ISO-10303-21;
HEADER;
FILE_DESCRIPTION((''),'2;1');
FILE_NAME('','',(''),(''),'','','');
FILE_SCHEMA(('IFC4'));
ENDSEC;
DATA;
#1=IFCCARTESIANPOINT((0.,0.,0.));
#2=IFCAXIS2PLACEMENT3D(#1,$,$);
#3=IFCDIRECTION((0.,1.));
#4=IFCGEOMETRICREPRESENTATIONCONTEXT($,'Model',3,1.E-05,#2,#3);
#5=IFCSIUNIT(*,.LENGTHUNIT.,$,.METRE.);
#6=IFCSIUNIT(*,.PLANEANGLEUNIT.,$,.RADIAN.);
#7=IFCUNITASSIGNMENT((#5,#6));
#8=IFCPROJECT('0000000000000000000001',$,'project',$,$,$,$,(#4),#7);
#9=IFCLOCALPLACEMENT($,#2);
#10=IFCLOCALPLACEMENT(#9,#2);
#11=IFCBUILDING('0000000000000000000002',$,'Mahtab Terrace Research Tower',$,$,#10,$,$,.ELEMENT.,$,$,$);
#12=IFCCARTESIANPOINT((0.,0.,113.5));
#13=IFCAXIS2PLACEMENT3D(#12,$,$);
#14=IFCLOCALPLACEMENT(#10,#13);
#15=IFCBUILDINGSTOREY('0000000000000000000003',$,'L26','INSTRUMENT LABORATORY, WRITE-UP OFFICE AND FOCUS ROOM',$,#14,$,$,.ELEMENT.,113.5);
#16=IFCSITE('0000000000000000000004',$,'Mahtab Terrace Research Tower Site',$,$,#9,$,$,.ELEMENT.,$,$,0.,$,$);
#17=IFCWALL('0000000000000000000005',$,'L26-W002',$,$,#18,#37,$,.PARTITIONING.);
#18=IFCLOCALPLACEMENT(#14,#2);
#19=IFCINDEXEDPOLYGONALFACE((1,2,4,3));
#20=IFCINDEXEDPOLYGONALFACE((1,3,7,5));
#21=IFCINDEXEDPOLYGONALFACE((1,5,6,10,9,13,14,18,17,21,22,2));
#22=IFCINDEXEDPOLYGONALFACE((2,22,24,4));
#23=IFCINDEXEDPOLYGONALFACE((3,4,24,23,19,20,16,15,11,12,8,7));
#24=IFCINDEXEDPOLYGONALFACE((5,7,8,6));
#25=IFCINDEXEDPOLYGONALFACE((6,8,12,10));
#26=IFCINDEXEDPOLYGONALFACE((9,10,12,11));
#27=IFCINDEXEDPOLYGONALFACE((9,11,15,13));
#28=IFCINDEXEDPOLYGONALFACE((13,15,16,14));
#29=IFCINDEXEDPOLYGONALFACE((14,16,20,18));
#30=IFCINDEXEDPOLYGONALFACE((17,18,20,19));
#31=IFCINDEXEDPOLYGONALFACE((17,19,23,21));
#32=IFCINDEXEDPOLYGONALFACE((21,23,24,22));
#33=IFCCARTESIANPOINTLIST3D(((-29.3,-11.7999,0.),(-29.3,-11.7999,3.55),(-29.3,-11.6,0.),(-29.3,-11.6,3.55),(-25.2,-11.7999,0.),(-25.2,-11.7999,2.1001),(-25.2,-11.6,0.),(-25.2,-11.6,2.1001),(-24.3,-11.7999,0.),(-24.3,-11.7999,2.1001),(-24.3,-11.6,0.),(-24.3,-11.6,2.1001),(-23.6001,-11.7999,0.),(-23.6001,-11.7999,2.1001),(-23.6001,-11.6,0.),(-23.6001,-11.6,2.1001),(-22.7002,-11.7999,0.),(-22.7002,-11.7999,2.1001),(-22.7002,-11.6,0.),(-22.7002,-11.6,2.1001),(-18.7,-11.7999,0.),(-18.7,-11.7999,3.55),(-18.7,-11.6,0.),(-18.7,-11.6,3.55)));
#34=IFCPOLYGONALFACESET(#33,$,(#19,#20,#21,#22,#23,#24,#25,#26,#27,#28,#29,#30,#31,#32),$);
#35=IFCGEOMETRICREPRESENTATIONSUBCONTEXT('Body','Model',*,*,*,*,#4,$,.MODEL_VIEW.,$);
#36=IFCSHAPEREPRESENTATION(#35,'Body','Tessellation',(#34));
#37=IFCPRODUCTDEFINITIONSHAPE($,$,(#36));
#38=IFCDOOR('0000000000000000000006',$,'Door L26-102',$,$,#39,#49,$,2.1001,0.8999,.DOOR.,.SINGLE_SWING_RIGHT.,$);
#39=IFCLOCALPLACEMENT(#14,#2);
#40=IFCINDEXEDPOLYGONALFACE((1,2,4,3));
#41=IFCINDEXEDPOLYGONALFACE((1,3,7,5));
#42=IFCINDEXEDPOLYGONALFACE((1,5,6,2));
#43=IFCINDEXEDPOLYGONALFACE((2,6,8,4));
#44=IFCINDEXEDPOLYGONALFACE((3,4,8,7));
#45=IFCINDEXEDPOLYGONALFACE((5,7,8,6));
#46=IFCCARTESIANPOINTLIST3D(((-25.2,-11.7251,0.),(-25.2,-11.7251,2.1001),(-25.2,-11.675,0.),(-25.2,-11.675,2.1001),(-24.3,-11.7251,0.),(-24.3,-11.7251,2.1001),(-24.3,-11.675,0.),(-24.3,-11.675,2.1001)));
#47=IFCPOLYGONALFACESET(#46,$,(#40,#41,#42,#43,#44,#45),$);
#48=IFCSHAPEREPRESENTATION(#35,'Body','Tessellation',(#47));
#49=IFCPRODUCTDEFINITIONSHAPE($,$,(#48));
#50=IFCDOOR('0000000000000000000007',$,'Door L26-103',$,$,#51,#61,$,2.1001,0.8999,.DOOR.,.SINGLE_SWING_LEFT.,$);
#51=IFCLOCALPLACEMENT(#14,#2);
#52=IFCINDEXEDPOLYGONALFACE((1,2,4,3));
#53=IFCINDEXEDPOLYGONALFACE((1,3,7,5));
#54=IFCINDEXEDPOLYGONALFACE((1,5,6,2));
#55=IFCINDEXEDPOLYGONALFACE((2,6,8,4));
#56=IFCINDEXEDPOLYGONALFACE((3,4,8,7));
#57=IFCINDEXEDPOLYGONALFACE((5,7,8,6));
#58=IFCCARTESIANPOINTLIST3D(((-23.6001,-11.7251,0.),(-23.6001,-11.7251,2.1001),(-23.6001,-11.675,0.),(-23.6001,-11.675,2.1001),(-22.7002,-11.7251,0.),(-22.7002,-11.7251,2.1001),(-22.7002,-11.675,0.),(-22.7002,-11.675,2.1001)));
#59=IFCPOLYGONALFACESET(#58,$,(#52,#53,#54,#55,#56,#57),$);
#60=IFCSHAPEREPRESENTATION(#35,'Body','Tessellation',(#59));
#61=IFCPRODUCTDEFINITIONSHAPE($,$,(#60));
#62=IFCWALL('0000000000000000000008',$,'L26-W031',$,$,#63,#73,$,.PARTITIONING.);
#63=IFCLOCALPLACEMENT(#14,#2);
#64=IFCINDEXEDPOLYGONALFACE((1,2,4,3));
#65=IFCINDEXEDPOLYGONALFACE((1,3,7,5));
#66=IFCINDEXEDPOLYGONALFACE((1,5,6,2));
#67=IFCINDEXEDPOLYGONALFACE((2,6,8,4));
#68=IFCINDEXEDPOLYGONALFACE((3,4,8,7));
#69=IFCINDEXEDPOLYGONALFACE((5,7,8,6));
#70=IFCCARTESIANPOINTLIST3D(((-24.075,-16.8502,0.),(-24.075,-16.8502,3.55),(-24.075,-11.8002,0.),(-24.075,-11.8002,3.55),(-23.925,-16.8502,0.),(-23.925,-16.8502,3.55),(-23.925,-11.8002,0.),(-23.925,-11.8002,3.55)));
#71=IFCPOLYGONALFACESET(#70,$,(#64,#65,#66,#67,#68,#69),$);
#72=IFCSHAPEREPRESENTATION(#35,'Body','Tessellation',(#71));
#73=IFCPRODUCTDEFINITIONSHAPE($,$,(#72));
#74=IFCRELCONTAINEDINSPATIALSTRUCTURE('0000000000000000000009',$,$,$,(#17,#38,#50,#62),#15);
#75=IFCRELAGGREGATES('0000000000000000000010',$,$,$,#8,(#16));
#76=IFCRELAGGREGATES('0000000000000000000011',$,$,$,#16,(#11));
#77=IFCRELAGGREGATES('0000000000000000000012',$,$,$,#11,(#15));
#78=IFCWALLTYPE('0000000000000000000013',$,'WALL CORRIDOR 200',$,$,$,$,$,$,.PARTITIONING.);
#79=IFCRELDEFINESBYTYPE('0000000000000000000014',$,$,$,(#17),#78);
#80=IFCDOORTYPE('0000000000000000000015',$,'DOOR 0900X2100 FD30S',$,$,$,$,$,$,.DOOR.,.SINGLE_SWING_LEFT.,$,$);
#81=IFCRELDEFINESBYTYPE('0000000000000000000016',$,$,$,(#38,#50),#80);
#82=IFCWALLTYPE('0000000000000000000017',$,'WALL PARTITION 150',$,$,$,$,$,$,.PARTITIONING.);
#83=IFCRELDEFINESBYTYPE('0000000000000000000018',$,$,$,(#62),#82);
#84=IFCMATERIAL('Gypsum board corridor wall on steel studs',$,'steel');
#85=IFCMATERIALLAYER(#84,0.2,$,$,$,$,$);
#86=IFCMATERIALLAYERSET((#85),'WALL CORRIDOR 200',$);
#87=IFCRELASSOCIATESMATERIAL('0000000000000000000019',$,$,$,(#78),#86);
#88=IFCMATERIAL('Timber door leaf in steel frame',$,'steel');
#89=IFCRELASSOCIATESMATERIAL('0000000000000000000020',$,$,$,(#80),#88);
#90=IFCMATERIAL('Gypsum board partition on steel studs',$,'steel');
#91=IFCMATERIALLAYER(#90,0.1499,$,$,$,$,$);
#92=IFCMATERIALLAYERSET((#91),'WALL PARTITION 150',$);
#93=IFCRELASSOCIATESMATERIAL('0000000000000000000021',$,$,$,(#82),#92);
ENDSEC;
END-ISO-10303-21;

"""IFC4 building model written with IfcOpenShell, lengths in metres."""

from ifc_helpers import new_model, si_unit, direction, frame, frame_2d, origin, place, context, subcontext, project, spatial, rectangle, extrude, material, layer, layer_set, type_object, element, fill, save


model = new_model("IFC4")

# Units and contexts
model_context = context("Model", 3, precision=1e-05, world=origin(), true_north=direction((0.0, 1.0)))
body_context = subcontext(model_context, "Body", "Model", "MODEL_VIEW")
ifc_project = project(units=[si_unit("LENGTHUNIT", "METRE"), si_unit("PLANEANGLEUNIT", "RADIAN")], contexts=[model_context])

# Site, building, storey
site_placement = place(None, origin())
site = spatial("IfcSite", under=ifc_project, at=site_placement, Name="Mahtab Terrace Research Tower Site", CompositionType="ELEMENT", RefElevation=0.0)
building_placement = place(site_placement, origin())
building = spatial("IfcBuilding", under=site, at=building_placement, Name="Mahtab Terrace Research Tower", CompositionType="ELEMENT")
storey_placement = place(building_placement, frame((0.0, 0.0, 113.5)))
storey = spatial("IfcBuildingStorey", under=building, at=storey_placement, Name="L26", Description="INSTRUMENT LABORATORY, WRITE-UP OFFICE AND FOCUS ROOM", CompositionType="ELEMENT", Elevation=113.5)

# Wall, openings, doors
ifc_material_1 = material(Name="Gypsum board corridor wall on steel studs", Category="steel")
ifc_layer_1 = layer(ifc_material_1, 0.2)
ifc_layer_set_1 = layer_set([ifc_layer_1], Name="WALL CORRIDOR 200")
wall_type_1 = type_object("IfcWallType", Name="WALL CORRIDOR 200", PredefinedType="PARTITIONING", material=ifc_layer_set_1)
wall_1_placement = place(storey_placement, frame((-29.3, -11.7, 0.0), z_axis=(0.0, 0.0, 1.0), x_axis=(1.0, 0.0, 0.0)))
wall_1 = element("IfcWall", 1, at=wall_1_placement, inside=storey, type_object=wall_type_1, Name="L26-W002", PredefinedType="PARTITIONING", context=body_context, shape_type="SweptSolid", body=[
    extrude(rectangle(XDim=10.6001, YDim=0.2, at=frame_2d((5.3, 0.0))), origin(), (0.0, 0.0, 1.0), 3.55),
])
opening_1_placement = place(wall_1_placement, frame((4.1001, 0.0, 0.0)))
opening_1 = element("IfcOpeningElement", 2, at=opening_1_placement, cuts=wall_1, PredefinedType="OPENING", context=body_context, shape_type="SweptSolid", body=[
    extrude(rectangle(XDim=0.8999, YDim=2.1001, at=frame_2d((0.45, 1.05))), frame((0.0, 0.1099, 0.0), z_axis=(0.0, -1.0, 0.0), x_axis=(1.0, 0.0, 0.0)), (0.0, 0.0, 1.0), 0.22),
])
opening_2_placement = place(wall_1_placement, frame((5.7, 0.0, 0.0)))
opening_2 = element("IfcOpeningElement", 3, at=opening_2_placement, cuts=wall_1, PredefinedType="OPENING", context=body_context, shape_type="SweptSolid", body=[
    extrude(rectangle(XDim=0.8999, YDim=2.1001, at=frame_2d((0.45, 1.05))), frame((0.0, 0.1099, 0.0), z_axis=(0.0, -1.0, 0.0), x_axis=(1.0, 0.0, 0.0)), (0.0, 0.0, 1.0), 0.22),
])
ifc_material_2 = material(Name="Timber door leaf in steel frame", Category="steel")
door_type_1 = type_object("IfcDoorType", Name="DOOR 0900X2100 FD30S", OperationType="SINGLE_SWING_LEFT", PredefinedType="DOOR", material=ifc_material_2)
door_1_placement = place(opening_1_placement, origin())
door_1 = element("IfcDoor", 4, at=door_1_placement, inside=storey, type_object=door_type_1, Name="Door L26-102", OperationType="SINGLE_SWING_RIGHT", OverallHeight=2.1001, OverallWidth=0.8999, PredefinedType="DOOR", context=body_context, shape_type="SweptSolid", body=[
    extrude(rectangle(XDim=0.8999, YDim=2.1001, at=frame_2d((0.45, 1.05))), frame((0.0, 0.0249, 0.0), z_axis=(0.0, -1.0, 0.0), x_axis=(1.0, 0.0, 0.0)), (0.0, 0.0, 1.0), 0.05),
])
fill(opening_1, door_1)
door_2_placement = place(opening_2_placement, origin())
door_2 = element("IfcDoor", 5, at=door_2_placement, inside=storey, type_object=door_type_1, Name="Door L26-103", OperationType="SINGLE_SWING_LEFT", OverallHeight=2.1001, OverallWidth=0.8999, PredefinedType="DOOR", context=body_context, shape_type="SweptSolid", body=[
    extrude(rectangle(XDim=0.8999, YDim=2.1001, at=frame_2d((0.45, 1.05))), frame((0.0, 0.0249, 0.0), z_axis=(0.0, -1.0, 0.0), x_axis=(1.0, 0.0, 0.0)), (0.0, 0.0, 1.0), 0.05),
])
fill(opening_2, door_2)

# Wall
ifc_material_3 = material(Name="Gypsum board partition on steel studs", Category="steel")
ifc_layer_2 = layer(ifc_material_3, 0.1499)
ifc_layer_set_2 = layer_set([ifc_layer_2], Name="WALL PARTITION 150")
wall_type_2 = type_object("IfcWallType", Name="WALL PARTITION 150", PredefinedType="PARTITIONING", material=ifc_layer_set_2)
wall_2_placement = place(storey_placement, frame((-24.0, -16.8501, 0.0), z_axis=(0.0, 0.0, 1.0), x_axis=(0.0, 1.0, 0.0)))
element("IfcWall", 6, at=wall_2_placement, inside=storey, type_object=wall_type_2, Name="L26-W031", PredefinedType="PARTITIONING", context=body_context, shape_type="SweptSolid", body=[
    extrude(rectangle(XDim=5.05, YDim=0.1499, at=frame_2d((2.5249, 0.0))), origin(), (0.0, 0.0, 1.0), 3.55),
])

save(model, "model.ifc")
